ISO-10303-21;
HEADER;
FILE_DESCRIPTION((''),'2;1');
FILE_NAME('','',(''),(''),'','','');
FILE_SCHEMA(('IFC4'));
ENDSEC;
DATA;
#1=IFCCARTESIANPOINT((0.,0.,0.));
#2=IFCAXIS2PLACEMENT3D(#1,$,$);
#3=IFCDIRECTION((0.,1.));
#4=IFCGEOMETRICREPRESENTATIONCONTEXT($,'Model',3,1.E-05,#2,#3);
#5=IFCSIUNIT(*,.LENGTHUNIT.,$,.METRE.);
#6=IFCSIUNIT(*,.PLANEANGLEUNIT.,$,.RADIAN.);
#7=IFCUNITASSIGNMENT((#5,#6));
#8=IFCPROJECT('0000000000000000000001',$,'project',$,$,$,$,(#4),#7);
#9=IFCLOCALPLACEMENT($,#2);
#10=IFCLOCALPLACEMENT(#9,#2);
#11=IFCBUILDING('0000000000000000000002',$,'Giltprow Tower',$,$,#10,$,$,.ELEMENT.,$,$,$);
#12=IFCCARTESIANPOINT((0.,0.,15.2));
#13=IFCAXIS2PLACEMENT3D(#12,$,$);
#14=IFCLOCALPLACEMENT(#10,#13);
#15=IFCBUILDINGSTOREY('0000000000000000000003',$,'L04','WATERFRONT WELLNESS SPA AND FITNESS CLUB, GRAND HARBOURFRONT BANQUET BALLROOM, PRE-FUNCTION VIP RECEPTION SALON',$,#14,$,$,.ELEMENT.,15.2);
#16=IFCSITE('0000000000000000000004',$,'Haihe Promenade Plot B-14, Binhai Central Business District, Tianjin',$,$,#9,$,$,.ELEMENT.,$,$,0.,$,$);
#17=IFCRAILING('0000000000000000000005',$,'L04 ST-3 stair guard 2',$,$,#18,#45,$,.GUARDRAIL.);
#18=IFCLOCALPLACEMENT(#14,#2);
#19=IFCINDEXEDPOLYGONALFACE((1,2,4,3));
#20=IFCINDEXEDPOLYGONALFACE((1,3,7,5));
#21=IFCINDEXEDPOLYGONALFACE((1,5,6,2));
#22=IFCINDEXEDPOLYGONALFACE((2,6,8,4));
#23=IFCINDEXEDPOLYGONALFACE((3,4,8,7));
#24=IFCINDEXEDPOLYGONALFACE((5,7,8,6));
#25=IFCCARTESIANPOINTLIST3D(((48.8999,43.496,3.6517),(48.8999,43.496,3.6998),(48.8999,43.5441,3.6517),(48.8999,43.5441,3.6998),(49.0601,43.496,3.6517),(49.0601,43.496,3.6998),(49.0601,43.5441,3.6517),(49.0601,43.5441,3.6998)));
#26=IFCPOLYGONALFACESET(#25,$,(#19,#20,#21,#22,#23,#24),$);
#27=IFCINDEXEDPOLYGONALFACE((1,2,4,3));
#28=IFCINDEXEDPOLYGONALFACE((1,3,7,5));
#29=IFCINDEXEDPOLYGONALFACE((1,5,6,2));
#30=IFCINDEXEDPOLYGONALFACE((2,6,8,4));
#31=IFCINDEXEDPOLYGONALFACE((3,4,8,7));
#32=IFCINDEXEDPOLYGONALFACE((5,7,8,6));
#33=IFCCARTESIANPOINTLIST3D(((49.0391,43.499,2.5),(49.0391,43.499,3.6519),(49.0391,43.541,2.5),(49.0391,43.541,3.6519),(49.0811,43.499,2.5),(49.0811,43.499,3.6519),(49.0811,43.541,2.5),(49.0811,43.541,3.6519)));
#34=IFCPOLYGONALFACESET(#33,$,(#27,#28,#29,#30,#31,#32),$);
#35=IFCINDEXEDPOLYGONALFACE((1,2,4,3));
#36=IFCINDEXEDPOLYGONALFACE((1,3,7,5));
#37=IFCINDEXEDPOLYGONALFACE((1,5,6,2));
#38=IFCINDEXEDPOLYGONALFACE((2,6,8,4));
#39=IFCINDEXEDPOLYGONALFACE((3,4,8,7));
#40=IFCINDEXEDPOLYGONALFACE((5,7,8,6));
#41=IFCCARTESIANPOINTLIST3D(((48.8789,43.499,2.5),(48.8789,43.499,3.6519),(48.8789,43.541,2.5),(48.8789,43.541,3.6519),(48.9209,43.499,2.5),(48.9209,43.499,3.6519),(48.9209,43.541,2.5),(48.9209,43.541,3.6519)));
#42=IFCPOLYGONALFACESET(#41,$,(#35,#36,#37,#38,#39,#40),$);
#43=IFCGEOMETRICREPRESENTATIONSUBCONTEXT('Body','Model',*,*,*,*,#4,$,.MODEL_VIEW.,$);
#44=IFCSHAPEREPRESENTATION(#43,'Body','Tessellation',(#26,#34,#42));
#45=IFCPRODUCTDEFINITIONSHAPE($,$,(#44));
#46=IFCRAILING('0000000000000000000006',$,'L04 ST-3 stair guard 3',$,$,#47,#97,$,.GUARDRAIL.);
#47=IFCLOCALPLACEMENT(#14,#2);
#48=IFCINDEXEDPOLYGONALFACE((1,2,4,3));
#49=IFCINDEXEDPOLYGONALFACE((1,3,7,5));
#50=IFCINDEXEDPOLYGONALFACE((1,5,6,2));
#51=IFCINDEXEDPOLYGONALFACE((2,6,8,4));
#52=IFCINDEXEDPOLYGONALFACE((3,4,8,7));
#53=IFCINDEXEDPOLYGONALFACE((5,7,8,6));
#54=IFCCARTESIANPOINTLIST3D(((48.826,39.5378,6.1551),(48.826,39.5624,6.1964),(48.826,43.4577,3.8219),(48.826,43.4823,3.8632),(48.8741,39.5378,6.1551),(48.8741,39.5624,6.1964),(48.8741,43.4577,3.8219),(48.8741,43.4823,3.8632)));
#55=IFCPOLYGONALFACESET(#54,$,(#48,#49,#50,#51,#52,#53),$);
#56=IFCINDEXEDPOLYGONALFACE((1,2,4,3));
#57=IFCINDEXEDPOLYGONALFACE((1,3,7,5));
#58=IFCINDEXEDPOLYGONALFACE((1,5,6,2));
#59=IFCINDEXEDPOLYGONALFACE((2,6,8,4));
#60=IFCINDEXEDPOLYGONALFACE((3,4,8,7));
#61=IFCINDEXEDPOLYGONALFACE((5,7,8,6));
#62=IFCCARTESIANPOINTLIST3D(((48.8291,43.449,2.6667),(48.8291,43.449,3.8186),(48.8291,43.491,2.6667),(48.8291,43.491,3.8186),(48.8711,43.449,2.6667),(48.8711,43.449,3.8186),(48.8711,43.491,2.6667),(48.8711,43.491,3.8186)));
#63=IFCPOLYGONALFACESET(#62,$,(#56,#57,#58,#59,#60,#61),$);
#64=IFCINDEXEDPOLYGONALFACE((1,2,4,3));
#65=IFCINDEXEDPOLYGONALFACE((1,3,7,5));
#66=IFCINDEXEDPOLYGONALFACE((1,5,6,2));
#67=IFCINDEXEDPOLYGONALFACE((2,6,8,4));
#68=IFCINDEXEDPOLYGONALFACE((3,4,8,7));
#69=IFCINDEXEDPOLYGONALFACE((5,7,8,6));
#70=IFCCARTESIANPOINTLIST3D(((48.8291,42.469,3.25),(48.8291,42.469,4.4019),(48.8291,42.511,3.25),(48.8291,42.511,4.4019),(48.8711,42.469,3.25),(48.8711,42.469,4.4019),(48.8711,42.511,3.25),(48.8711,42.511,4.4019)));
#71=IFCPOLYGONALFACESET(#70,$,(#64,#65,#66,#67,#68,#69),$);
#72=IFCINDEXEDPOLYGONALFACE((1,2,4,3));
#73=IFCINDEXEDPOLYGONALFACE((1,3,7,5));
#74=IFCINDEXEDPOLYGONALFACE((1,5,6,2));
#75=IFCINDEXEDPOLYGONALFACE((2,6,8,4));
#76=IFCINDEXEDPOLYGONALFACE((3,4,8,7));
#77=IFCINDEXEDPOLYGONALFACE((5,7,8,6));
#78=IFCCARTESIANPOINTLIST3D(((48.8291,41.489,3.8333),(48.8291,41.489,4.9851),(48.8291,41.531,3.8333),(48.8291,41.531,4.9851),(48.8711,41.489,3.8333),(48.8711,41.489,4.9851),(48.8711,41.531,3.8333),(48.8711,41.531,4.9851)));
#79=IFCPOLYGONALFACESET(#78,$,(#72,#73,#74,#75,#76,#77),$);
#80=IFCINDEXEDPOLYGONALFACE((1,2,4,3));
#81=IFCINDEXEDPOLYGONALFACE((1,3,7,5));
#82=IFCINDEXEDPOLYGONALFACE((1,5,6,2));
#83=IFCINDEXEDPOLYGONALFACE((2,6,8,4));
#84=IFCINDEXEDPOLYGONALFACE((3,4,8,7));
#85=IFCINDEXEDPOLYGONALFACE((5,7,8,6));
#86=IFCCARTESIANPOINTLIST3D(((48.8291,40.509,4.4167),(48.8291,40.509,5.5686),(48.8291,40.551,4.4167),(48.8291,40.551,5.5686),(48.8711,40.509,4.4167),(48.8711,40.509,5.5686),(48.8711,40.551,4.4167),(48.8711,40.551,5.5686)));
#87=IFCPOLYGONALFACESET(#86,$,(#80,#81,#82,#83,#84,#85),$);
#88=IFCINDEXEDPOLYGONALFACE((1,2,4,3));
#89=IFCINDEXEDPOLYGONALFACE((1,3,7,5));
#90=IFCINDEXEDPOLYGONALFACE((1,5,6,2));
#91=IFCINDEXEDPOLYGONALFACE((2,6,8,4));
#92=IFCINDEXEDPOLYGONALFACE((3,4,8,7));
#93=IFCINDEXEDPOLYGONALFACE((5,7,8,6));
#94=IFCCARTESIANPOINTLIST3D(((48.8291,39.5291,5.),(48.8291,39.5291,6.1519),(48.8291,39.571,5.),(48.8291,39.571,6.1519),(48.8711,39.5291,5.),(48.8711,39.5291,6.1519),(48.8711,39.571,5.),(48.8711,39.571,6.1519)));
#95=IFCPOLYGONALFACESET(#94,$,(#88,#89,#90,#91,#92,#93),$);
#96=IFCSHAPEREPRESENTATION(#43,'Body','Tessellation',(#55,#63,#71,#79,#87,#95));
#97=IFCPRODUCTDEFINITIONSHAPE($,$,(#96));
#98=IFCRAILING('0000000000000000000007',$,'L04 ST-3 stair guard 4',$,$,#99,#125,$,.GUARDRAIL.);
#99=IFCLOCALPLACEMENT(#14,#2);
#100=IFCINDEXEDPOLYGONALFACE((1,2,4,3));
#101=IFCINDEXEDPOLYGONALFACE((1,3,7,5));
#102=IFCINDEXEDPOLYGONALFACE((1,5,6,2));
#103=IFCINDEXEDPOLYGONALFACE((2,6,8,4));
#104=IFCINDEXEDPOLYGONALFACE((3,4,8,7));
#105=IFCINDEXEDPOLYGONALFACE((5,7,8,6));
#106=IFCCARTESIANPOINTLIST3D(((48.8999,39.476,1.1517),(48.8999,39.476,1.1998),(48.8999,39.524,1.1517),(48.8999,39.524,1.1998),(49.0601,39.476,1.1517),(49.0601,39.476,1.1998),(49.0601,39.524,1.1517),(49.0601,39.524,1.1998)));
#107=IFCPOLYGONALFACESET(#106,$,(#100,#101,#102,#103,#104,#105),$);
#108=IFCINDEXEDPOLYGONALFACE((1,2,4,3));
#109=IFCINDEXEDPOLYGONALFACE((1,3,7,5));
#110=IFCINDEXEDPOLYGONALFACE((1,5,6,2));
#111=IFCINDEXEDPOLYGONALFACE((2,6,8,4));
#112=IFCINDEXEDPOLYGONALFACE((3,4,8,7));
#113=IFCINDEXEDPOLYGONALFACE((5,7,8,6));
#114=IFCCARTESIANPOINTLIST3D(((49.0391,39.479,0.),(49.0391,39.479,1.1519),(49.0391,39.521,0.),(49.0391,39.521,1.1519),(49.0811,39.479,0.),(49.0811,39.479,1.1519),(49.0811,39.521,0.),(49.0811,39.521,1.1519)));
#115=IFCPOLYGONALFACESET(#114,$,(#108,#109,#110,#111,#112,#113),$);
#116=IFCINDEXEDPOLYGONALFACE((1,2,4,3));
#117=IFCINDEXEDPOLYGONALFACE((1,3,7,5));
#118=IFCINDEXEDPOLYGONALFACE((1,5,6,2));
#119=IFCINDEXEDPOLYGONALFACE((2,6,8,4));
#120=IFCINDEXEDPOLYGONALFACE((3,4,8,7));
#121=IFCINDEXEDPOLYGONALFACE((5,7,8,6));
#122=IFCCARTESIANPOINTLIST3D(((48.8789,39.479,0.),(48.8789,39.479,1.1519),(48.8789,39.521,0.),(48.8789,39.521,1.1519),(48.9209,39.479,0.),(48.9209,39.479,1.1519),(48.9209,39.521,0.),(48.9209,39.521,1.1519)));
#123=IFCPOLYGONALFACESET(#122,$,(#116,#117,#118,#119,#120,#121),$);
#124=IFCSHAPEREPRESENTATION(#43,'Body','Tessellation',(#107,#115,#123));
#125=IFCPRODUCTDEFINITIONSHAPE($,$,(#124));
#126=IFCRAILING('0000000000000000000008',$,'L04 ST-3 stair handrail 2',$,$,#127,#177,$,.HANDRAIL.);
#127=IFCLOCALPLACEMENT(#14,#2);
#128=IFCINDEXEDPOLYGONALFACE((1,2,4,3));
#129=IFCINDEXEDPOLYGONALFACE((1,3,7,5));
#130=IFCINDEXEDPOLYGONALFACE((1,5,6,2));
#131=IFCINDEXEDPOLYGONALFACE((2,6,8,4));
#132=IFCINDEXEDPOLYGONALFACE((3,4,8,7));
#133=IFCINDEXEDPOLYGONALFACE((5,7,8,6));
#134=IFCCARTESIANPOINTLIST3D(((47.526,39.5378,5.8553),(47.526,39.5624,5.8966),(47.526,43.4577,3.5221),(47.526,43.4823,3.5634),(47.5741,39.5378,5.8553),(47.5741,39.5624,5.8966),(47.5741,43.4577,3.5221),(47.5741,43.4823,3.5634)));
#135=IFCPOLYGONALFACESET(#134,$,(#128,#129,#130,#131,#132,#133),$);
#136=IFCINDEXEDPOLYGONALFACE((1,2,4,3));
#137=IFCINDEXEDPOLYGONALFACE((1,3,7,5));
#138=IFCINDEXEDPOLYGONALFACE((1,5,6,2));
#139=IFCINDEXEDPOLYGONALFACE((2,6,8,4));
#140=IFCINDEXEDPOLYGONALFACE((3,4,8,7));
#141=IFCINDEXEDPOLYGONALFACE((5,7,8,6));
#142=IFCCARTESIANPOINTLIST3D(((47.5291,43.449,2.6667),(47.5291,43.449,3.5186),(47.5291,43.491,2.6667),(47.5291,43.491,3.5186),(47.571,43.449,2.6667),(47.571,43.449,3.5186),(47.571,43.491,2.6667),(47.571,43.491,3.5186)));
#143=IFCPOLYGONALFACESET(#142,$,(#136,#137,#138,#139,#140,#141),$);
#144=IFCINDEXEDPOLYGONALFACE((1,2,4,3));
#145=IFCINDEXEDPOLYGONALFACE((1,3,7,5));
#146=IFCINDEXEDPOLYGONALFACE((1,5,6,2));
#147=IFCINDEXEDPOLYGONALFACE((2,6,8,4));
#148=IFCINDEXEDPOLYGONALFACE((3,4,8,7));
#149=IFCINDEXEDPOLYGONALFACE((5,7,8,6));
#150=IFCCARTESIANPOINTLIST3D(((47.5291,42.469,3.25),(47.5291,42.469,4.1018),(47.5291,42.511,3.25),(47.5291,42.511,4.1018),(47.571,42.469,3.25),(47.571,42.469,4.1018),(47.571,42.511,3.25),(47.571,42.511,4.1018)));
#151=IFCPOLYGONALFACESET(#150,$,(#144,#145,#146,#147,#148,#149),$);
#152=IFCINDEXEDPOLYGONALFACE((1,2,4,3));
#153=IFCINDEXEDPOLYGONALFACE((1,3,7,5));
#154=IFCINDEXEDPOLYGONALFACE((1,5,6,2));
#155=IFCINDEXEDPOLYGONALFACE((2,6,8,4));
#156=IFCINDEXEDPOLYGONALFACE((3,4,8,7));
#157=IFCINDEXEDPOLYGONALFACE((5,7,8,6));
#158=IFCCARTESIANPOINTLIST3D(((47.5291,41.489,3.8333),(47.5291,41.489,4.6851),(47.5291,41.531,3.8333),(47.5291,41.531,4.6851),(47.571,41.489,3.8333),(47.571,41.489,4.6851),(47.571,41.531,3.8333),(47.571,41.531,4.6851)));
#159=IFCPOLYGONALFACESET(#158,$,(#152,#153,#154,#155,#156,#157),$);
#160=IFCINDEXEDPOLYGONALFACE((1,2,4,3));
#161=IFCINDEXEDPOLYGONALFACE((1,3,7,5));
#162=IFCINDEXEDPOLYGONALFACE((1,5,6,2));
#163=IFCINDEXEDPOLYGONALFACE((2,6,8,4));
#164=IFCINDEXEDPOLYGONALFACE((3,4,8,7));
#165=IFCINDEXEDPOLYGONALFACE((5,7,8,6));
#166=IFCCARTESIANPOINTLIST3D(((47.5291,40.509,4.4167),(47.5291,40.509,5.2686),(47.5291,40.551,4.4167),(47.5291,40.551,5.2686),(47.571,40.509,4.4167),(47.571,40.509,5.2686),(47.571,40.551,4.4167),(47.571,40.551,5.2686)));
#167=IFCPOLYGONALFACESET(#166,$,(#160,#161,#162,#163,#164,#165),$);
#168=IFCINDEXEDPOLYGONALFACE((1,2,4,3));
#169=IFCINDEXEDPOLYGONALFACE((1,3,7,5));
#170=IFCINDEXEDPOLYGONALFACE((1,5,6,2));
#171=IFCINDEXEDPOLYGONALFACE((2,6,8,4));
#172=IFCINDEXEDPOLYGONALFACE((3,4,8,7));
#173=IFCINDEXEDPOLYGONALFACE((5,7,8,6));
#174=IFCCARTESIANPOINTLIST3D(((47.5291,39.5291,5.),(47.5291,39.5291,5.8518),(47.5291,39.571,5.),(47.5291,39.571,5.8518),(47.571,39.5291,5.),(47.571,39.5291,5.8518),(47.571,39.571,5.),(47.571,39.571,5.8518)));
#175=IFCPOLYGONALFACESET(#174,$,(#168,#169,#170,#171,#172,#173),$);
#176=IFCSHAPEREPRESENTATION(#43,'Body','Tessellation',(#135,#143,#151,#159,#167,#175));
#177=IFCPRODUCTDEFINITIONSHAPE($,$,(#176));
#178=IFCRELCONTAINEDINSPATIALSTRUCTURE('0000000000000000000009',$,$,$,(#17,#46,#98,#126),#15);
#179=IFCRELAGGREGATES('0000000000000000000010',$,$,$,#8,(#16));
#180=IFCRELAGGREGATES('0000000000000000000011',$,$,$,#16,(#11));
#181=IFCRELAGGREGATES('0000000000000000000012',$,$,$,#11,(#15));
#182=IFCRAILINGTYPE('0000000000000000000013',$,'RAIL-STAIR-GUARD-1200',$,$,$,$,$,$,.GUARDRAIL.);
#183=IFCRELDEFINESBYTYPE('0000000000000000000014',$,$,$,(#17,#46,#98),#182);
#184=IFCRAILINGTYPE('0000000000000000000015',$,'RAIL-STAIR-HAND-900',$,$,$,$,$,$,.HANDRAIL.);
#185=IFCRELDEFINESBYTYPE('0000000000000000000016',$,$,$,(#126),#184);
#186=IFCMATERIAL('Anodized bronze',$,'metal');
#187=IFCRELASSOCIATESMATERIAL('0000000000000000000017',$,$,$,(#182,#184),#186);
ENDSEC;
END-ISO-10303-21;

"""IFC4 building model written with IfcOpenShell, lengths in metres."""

from ifc_helpers import new_model, si_unit, direction, frame, origin, origin_2d, place, context, subcontext, project, spatial, rectangle, extrude, material, type_object, element, save


model = new_model("IFC4")

# Units and contexts
model_context = context("Model", 3, precision=1e-05, world=origin(), true_north=direction((0.0, 1.0)))
body_context = subcontext(model_context, "Body", "Model", "MODEL_VIEW")
ifc_project = project(units=[si_unit("LENGTHUNIT", "METRE"), si_unit("PLANEANGLEUNIT", "RADIAN")], contexts=[model_context])

# Site, building, storey
site_placement = place(None, origin())
site = spatial("IfcSite", under=ifc_project, at=site_placement, Name="Haihe Promenade Plot B-14, Binhai Central Business District, Tianjin", CompositionType="ELEMENT", RefElevation=0.0)
building_placement = place(site_placement, origin())
building = spatial("IfcBuilding", under=site, at=building_placement, Name="Giltprow Tower", CompositionType="ELEMENT")
storey_placement = place(building_placement, frame((0.0, 0.0, 15.2)))
storey = spatial("IfcBuildingStorey", under=building, at=storey_placement, Name="L04", Description="WATERFRONT WELLNESS SPA AND FITNESS CLUB, GRAND HARBOURFRONT BANQUET BALLROOM, PRE-FUNCTION VIP RECEPTION SALON", CompositionType="ELEMENT", Elevation=15.2)

# Railings
ifc_material_1 = material(Name="Anodized bronze", Category="metal")
railing_type_1 = type_object("IfcRailingType", Name="RAIL-STAIR-GUARD-1200", PredefinedType="GUARDRAIL", material=ifc_material_1)
railing_1_placement = place(storey_placement, frame((49.0601, 43.52, 2.5)))
element("IfcRailing", 1, at=railing_1_placement, inside=storey, type_object=railing_type_1, Name="L04 ST-3 stair guard 2", PredefinedType="GUARDRAIL", context=body_context, shape_type="SweptSolid", body=[
    extrude(rectangle(XDim=0.0481, YDim=0.0481, at=origin_2d()), frame((0.0, 0.0, 1.1758), z_axis=(-1.0, 0.0, 0.0), x_axis=(0.0, -1.0, 0.0)), (0.0, 0.0, 1.0), 0.1602),
    extrude(rectangle(XDim=0.042, YDim=0.042, at=origin_2d()), origin(), (0.0, 0.0, 1.0), 1.1519),
    extrude(rectangle(XDim=0.042, YDim=0.042, at=origin_2d()), frame((-0.1602, 0.0, 0.0)), (0.0, 0.0, 1.0), 1.1519),
])
railing_2_placement = place(storey_placement, frame((48.8501, 43.47, 2.6667)))
element("IfcRailing", 2, at=railing_2_placement, inside=storey, type_object=railing_type_1, Name="L04 ST-3 stair guard 3", PredefinedType="GUARDRAIL", context=body_context, shape_type="SweptSolid", body=[
    extrude(rectangle(XDim=0.0481, YDim=0.0481, at=origin_2d()), frame((0.0, 0.0, 1.1758), z_axis=(0.0, -0.859296, 0.511478), x_axis=(1.0, 0.0, 0.0)), (0.0, 0.0, 1.0), 4.5618),
    extrude(rectangle(XDim=0.042, YDim=0.042, at=origin_2d()), origin(), (0.0, 0.0, 1.0), 1.1519),
    extrude(rectangle(XDim=0.042, YDim=0.042, at=origin_2d()), frame((0.0, -0.98, 0.5833)), (0.0, 0.0, 1.0), 1.1519),
    extrude(rectangle(XDim=0.042, YDim=0.042, at=origin_2d()), frame((0.0, -1.96, 1.1665)), (0.0, 0.0, 1.0), 1.1519),
    extrude(rectangle(XDim=0.042, YDim=0.042, at=origin_2d()), frame((0.0, -2.9399, 1.75)), (0.0, 0.0, 1.0), 1.1519),
    extrude(rectangle(XDim=0.042, YDim=0.042, at=origin_2d()), frame((0.0, -3.9199, 2.3333)), (0.0, 0.0, 1.0), 1.1519),
])
railing_3_placement = place(storey_placement, frame((49.0601, 39.5, 0.0)))
element("IfcRailing", 3, at=railing_3_placement, inside=storey, type_object=railing_type_1, Name="L04 ST-3 stair guard 4", PredefinedType="GUARDRAIL", context=body_context, shape_type="SweptSolid", body=[
    extrude(rectangle(XDim=0.0481, YDim=0.0481, at=origin_2d()), frame((0.0, 0.0, 1.1758), z_axis=(-1.0, 0.0, 0.0), x_axis=(0.0, -1.0, 0.0)), (0.0, 0.0, 1.0), 0.1602),
    extrude(rectangle(XDim=0.042, YDim=0.042, at=origin_2d()), origin(), (0.0, 0.0, 1.0), 1.1519),
    extrude(rectangle(XDim=0.042, YDim=0.042, at=origin_2d()), frame((-0.1602, 0.0, 0.0)), (0.0, 0.0, 1.0), 1.1519),
])
railing_type_2 = type_object("IfcRailingType", Name="RAIL-STAIR-HAND-900", PredefinedType="HANDRAIL", material=ifc_material_1)
railing_4_placement = place(storey_placement, frame((47.55, 43.47, 2.6667)))
element("IfcRailing", 4, at=railing_4_placement, inside=storey, type_object=railing_type_2, Name="L04 ST-3 stair handrail 2", PredefinedType="HANDRAIL", context=body_context, shape_type="SweptSolid", body=[
    extrude(rectangle(XDim=0.0481, YDim=0.0481, at=origin_2d()), frame((0.0, 0.0, 0.876), z_axis=(0.0, -0.859296, 0.511478), x_axis=(1.0, 0.0, 0.0)), (0.0, 0.0, 1.0), 4.5618),
    extrude(rectangle(XDim=0.042, YDim=0.042, at=origin_2d()), origin(), (0.0, 0.0, 1.0), 0.8518),
    extrude(rectangle(XDim=0.042, YDim=0.042, at=origin_2d()), frame((0.0, -0.98, 0.5833)), (0.0, 0.0, 1.0), 0.8518),
    extrude(rectangle(XDim=0.042, YDim=0.042, at=origin_2d()), frame((0.0, -1.96, 1.1665)), (0.0, 0.0, 1.0), 0.8518),
    extrude(rectangle(XDim=0.042, YDim=0.042, at=origin_2d()), frame((0.0, -2.9399, 1.75)), (0.0, 0.0, 1.0), 0.8518),
    extrude(rectangle(XDim=0.042, YDim=0.042, at=origin_2d()), frame((0.0, -3.9199, 2.3333)), (0.0, 0.0, 1.0), 0.8518),
])

save(model, "model.ifc")
